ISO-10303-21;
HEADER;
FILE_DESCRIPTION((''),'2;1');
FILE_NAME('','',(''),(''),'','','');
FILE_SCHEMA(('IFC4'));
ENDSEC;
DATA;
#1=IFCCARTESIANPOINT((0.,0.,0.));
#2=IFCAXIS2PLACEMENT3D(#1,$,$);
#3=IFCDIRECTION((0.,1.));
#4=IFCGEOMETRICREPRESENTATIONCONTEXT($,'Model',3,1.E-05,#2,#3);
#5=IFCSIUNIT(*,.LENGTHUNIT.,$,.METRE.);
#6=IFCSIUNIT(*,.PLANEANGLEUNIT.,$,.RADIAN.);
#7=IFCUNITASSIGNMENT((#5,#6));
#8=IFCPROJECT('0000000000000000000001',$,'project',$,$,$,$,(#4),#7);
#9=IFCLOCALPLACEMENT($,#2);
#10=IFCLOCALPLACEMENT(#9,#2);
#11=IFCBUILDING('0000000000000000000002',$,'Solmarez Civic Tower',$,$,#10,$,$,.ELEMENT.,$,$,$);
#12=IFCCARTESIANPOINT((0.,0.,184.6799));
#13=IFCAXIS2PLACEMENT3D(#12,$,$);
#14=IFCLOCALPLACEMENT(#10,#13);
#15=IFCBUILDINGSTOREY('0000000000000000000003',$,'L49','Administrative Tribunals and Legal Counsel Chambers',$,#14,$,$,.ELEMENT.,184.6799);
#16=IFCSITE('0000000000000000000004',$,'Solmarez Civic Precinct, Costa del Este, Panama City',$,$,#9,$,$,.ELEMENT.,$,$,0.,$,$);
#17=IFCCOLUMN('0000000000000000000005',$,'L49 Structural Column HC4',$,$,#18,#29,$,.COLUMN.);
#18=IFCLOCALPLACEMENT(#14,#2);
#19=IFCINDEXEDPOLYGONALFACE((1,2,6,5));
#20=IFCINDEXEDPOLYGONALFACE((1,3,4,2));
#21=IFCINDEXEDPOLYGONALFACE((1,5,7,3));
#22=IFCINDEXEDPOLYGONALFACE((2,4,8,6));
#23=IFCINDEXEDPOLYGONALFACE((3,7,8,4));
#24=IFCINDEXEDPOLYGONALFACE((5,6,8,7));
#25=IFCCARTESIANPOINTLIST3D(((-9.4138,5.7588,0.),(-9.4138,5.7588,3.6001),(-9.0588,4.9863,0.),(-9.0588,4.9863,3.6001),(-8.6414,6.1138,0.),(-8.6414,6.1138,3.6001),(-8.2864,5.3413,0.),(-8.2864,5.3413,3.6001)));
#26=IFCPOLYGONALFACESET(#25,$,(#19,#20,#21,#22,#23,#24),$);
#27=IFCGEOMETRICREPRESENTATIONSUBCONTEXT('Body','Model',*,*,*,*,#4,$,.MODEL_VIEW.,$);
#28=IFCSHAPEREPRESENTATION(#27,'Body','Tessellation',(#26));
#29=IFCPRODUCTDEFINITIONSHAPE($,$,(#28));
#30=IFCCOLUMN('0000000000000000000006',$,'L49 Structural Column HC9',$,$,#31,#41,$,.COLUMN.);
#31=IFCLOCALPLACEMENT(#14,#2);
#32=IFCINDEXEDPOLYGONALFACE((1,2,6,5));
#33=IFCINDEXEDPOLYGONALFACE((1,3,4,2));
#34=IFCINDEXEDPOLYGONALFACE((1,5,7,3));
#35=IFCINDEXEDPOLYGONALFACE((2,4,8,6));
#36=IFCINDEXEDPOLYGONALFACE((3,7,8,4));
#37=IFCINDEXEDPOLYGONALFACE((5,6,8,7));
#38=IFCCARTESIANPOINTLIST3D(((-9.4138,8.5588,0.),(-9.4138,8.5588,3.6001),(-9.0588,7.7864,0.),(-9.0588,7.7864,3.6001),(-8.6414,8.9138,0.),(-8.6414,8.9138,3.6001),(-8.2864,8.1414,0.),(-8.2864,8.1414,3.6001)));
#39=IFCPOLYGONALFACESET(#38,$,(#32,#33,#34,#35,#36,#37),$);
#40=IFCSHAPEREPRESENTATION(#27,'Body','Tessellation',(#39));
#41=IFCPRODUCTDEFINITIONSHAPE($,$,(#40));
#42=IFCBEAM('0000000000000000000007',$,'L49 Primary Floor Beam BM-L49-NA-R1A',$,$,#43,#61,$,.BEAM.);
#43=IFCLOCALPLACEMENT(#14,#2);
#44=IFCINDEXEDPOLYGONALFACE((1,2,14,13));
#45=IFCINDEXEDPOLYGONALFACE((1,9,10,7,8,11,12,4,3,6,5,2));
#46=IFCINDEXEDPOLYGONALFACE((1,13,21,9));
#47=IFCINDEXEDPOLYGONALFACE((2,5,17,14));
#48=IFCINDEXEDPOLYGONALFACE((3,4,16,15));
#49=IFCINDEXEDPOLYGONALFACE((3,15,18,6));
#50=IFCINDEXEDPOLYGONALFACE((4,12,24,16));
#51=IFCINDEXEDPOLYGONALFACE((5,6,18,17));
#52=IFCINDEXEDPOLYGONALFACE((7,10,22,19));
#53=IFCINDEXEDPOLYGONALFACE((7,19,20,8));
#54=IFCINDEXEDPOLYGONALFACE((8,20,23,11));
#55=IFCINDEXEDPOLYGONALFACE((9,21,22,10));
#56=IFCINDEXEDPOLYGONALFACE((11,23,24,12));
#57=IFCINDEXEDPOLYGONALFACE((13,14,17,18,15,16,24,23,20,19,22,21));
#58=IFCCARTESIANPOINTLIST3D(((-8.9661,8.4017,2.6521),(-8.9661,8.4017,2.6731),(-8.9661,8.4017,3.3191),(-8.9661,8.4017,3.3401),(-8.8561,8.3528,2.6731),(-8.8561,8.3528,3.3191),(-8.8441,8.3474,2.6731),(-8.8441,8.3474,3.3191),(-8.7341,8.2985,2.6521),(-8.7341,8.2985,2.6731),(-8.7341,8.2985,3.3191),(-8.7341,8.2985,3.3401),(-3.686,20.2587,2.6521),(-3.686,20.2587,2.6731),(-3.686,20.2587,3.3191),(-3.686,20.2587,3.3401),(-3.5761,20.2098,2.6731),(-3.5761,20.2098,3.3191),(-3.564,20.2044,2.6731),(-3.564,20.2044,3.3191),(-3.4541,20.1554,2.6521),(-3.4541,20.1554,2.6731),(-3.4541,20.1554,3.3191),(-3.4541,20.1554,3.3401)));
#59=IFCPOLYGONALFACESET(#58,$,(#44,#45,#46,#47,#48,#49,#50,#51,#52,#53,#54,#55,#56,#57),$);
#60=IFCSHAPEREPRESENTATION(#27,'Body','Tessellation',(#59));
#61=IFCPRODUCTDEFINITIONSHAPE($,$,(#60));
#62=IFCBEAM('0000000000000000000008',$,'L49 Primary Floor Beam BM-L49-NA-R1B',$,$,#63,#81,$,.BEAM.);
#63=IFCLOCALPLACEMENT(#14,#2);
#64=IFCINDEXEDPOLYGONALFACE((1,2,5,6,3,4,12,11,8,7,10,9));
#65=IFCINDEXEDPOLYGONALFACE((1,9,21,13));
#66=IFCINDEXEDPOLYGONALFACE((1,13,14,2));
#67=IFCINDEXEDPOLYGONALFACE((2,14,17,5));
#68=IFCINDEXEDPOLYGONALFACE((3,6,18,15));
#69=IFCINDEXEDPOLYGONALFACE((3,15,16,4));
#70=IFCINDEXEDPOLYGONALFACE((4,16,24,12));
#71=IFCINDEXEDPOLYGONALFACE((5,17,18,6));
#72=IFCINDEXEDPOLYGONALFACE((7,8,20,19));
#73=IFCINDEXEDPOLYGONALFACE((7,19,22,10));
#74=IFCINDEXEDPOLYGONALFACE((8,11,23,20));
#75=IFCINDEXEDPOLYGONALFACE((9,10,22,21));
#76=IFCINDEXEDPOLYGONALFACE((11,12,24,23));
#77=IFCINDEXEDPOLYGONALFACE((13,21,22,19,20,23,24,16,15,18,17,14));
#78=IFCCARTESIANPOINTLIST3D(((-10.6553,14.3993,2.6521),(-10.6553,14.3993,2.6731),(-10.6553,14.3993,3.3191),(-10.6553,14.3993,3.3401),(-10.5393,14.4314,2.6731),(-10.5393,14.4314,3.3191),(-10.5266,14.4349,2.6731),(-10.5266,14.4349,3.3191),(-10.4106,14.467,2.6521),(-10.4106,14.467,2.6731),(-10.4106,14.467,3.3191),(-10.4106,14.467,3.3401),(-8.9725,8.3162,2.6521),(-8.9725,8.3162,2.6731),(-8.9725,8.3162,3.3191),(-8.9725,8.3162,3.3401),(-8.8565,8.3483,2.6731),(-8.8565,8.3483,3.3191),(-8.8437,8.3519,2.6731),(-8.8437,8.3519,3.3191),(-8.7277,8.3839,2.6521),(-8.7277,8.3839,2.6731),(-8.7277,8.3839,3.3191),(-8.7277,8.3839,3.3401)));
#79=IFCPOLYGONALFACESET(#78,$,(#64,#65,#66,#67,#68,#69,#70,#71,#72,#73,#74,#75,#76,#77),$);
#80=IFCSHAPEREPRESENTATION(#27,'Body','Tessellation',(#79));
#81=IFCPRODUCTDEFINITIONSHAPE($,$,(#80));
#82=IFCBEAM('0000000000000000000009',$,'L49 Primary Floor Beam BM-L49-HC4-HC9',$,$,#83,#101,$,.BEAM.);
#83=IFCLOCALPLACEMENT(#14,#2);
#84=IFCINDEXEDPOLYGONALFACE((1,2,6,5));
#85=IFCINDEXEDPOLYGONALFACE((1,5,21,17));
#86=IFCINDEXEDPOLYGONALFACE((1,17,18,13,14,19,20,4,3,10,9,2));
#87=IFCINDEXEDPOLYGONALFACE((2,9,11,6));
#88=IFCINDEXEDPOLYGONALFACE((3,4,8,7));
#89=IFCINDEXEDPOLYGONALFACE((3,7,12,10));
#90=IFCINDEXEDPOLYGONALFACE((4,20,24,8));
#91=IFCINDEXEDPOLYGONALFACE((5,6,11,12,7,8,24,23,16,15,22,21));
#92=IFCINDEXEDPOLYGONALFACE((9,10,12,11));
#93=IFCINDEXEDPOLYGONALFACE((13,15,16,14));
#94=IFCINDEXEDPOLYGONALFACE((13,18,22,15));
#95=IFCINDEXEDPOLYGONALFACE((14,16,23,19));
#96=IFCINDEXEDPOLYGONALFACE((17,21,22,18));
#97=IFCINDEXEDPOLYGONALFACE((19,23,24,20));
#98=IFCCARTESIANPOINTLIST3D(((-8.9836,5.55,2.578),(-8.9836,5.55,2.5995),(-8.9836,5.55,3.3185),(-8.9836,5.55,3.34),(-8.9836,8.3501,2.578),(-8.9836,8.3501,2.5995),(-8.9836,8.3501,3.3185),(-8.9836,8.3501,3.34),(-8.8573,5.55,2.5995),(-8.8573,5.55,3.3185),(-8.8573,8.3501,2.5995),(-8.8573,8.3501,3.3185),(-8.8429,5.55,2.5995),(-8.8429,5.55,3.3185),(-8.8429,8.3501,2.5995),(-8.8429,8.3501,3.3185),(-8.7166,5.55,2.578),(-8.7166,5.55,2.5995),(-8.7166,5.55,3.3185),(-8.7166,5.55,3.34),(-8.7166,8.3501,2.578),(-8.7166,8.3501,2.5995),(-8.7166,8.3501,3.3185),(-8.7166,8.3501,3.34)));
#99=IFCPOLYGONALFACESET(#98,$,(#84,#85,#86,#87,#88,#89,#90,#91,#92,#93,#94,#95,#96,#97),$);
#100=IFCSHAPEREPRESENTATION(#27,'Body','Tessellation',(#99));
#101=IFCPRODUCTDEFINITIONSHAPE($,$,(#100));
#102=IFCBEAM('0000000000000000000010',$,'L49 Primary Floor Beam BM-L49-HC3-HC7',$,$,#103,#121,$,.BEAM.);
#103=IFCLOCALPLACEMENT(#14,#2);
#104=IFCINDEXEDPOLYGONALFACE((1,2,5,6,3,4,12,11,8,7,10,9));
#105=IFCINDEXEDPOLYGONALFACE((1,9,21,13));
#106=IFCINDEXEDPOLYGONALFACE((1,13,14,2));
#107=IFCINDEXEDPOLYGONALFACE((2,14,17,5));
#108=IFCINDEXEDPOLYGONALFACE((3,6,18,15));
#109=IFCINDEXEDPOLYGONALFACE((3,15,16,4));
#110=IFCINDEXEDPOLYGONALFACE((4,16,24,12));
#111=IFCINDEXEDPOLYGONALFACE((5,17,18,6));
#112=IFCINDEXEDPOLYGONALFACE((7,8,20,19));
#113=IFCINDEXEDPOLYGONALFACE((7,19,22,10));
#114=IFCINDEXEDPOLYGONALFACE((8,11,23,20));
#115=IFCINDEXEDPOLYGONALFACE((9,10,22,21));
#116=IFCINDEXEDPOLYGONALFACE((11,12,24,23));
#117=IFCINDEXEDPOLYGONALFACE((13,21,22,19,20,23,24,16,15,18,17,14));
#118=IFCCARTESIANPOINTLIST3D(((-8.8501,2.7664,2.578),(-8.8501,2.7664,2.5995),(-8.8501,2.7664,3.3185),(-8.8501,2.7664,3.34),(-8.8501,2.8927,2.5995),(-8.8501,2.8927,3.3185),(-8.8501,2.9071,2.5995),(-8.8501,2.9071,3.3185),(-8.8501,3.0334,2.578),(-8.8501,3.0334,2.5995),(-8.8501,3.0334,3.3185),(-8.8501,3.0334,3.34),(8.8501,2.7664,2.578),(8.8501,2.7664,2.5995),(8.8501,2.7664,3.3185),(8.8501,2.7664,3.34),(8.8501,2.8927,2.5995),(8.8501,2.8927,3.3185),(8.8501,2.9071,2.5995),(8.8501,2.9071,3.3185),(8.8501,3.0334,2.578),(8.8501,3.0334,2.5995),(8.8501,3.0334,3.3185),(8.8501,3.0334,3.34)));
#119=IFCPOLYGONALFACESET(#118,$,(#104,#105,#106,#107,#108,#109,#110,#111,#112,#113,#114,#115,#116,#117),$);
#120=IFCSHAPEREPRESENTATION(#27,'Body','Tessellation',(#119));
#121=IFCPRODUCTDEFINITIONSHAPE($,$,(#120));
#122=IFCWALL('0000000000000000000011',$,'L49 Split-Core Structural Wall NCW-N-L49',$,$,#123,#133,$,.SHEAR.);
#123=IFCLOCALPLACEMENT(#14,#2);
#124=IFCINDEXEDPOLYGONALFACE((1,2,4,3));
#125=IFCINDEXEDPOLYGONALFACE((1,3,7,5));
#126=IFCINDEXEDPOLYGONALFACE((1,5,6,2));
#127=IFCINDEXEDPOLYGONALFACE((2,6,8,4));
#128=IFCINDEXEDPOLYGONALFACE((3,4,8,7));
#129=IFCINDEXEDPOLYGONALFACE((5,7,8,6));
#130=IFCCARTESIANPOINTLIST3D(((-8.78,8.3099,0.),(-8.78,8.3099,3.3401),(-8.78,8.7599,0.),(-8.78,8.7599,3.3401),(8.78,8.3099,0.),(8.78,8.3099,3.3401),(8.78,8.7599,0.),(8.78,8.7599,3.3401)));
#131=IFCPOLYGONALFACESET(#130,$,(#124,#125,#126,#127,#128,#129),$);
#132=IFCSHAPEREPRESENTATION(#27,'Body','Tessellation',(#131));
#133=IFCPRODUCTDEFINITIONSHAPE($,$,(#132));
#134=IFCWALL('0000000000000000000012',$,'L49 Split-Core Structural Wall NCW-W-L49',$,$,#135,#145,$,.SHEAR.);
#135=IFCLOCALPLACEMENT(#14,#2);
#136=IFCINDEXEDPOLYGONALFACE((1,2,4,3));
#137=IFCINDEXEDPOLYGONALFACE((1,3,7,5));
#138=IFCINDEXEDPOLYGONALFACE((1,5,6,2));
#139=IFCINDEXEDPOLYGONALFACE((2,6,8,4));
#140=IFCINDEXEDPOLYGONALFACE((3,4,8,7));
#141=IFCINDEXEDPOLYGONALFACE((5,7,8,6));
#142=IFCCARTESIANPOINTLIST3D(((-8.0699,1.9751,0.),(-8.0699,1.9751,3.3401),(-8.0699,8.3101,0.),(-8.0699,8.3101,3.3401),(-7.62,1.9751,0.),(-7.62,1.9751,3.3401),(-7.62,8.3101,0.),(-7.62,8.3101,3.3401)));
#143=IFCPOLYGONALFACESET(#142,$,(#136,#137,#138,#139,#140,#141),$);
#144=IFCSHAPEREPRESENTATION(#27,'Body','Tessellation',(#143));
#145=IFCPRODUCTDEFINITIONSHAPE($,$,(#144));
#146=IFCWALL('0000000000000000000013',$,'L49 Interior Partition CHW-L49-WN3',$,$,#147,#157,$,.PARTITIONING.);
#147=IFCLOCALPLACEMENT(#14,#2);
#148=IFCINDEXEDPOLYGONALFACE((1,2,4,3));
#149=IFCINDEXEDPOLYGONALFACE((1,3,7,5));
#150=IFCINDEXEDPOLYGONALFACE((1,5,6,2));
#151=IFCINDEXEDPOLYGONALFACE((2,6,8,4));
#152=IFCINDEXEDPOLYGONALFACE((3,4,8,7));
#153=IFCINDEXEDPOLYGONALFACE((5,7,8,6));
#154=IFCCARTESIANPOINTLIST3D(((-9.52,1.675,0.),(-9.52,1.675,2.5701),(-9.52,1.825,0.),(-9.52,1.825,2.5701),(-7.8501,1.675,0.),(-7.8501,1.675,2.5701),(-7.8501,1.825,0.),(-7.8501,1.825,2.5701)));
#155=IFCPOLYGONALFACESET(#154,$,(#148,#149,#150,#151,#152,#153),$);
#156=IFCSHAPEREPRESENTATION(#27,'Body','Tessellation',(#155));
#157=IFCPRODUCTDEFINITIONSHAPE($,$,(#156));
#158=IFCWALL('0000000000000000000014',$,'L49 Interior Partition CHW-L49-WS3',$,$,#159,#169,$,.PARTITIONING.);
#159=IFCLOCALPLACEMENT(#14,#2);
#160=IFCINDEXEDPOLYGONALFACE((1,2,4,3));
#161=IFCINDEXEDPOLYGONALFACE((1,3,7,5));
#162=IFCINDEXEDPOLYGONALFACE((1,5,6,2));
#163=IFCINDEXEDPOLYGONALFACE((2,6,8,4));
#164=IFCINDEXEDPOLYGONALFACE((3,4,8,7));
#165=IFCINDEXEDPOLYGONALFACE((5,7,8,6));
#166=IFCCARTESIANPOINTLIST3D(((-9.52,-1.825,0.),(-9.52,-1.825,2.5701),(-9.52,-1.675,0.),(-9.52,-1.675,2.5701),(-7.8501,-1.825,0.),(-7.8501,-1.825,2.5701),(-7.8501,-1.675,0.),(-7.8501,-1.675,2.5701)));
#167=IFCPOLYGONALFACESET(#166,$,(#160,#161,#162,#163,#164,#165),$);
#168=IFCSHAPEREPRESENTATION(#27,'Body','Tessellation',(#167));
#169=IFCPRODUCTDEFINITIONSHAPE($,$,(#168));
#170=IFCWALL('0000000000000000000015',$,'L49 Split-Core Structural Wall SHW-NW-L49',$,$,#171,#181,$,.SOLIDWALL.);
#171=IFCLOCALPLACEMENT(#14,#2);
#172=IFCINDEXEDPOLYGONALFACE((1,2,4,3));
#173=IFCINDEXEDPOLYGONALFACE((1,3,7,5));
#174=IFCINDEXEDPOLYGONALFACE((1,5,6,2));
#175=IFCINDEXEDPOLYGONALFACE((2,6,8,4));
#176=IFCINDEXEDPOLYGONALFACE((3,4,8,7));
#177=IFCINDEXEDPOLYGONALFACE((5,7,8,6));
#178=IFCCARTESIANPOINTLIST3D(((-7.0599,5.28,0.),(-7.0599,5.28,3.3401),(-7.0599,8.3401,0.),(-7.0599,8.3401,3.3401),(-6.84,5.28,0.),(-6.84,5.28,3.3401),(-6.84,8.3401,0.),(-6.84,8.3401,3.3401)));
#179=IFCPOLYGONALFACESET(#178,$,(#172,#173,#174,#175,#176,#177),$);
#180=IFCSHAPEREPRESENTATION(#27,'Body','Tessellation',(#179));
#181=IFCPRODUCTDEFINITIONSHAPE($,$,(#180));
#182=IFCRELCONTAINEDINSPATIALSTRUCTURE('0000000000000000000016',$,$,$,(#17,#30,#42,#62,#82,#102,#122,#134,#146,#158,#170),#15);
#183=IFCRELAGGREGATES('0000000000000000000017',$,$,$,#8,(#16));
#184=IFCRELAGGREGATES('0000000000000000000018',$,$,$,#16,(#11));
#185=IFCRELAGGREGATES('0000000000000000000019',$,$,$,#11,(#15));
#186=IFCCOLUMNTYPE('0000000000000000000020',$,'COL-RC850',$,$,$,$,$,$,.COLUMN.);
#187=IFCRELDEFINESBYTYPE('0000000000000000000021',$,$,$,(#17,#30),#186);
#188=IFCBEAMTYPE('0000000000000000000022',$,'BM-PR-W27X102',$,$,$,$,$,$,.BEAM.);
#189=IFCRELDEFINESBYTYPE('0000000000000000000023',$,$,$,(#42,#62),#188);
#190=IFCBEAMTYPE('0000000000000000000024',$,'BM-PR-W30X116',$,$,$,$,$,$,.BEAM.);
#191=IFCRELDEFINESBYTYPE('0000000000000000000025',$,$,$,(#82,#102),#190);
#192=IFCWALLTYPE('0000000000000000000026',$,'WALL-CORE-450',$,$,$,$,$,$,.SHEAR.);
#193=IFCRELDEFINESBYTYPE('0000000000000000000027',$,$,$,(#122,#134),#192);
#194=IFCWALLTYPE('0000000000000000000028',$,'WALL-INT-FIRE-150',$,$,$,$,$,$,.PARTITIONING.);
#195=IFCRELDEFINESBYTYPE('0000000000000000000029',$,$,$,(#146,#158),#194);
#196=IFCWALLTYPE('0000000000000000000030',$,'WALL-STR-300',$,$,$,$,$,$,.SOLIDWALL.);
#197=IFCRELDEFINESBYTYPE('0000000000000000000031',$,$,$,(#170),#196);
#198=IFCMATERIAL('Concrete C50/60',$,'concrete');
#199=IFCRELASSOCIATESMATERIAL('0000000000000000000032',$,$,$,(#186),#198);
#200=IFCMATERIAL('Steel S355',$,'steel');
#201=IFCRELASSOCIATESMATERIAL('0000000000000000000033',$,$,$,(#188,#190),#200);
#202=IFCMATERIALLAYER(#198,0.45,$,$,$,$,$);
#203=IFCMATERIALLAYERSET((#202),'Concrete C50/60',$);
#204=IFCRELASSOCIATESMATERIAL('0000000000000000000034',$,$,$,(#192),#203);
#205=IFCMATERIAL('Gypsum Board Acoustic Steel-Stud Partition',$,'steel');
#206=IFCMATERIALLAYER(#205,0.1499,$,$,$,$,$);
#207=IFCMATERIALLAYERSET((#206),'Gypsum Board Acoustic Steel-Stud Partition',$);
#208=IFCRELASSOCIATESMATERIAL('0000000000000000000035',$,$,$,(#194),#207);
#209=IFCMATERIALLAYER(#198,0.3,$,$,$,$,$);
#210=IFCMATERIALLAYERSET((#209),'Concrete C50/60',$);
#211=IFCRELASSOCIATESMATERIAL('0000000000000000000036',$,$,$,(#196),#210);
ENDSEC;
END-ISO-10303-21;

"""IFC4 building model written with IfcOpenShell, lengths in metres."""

from ifc_helpers import new_model, si_unit, direction, frame, frame_2d, origin, origin_2d, place, context, subcontext, project, spatial, rectangle, i_section, extrude, material, layer, layer_set, material_profile, profile_set, type_object, element, save


model = new_model("IFC4")

# Units and contexts
model_context = context("Model", 3, precision=1e-05, world=origin(), true_north=direction((0.0, 1.0)))
body_context = subcontext(model_context, "Body", "Model", "MODEL_VIEW")
ifc_project = project(units=[si_unit("LENGTHUNIT", "METRE"), si_unit("PLANEANGLEUNIT", "RADIAN")], contexts=[model_context])

# Site, building, storey
site_placement = place(None, origin())
site = spatial("IfcSite", under=ifc_project, at=site_placement, Name="Solmarez Civic Precinct, Costa del Este, Panama City", CompositionType="ELEMENT", RefElevation=0.0)
building_placement = place(site_placement, origin())
building = spatial("IfcBuilding", under=site, at=building_placement, Name="Solmarez Civic Tower", CompositionType="ELEMENT")
storey_placement = place(building_placement, frame((0.0, 0.0, 184.6799)))
storey = spatial("IfcBuildingStorey", under=building, at=storey_placement, Name="L49", Description="Administrative Tribunals and Legal Counsel Chambers", CompositionType="ELEMENT", Elevation=184.6799)

# Columns
ifc_material_1 = material(Name="Concrete C50/60", Category="concrete")
ifc_material_profile_1 = material_profile(ifc_material_1, rectangle(XDim=0.8501, YDim=0.8501, at=origin_2d()), Name="RC850X850")
ifc_profile_set_1 = profile_set([ifc_material_profile_1], Name="Concrete C50/60")
column_type = type_object("IfcColumnType", Name="COL-RC850", PredefinedType="COLUMN", material=ifc_profile_set_1)
for number, where, z_axis, x_axis, name in (
    (1, (-8.8501, 5.55, 0.0), (0.0, 0.0, 1.0), (0.908654, 0.41755, 0.0), "L49 Structural Column HC4"),
    (2, (-8.8501, 8.3501, 0.0), (0.0, 0.0, 1.0), (0.908654, 0.41755, 0.0), "L49 Structural Column HC9"),
):
    element("IfcColumn", number, at=place(storey_placement, frame(where, z_axis=z_axis, x_axis=x_axis)), inside=storey, type_object=column_type, Name=name, PredefinedType="COLUMN", context=body_context, shape_type="SweptSolid", body=[
        extrude(rectangle(XDim=0.8501, YDim=0.8501, at=origin_2d()), origin(), (0.0, 0.0, 1.0), 3.6001),
    ])

# Beams
ifc_material_2 = material(Name="Steel S355", Category="steel")
ifc_material_profile_2 = material_profile(ifc_material_2, i_section(OverallWidth=0.2539, OverallDepth=0.688, WebThickness=0.0132, FlangeThickness=0.021, at=origin_2d()), Name="W27X102")
ifc_profile_set_2 = profile_set([ifc_material_profile_2], Name="Steel S355")
beam_type_1 = type_object("IfcBeamType", Name="BM-PR-W27X102", PredefinedType="BEAM", material=ifc_profile_set_2)
beam_1_placement = place(storey_placement, frame((-8.8501, 8.3501, 2.9961), z_axis=(0.4068, 0.913517, 0.0), x_axis=(-0.913517, 0.4068, 0.0)))
element("IfcBeam", 3, at=beam_1_placement, inside=storey, type_object=beam_type_1, Name="L49 Primary Floor Beam BM-L49-NA-R1A", PredefinedType="BEAM", context=body_context, shape_type="SweptSolid", body=[
    extrude(i_section(OverallWidth=0.2539, OverallDepth=0.688, WebThickness=0.0132, FlangeThickness=0.021, at=origin_2d()), origin(), (0.0, 0.0, 1.0), 12.9795),
])
beam_2_placement = place(storey_placement, frame((-8.8501, 8.3501, 2.9961), z_axis=(-0.266634, 0.963798, 0.0), x_axis=(-0.963798, -0.266634, 0.0)))
element("IfcBeam", 4, at=beam_2_placement, inside=storey, type_object=beam_type_1, Name="L49 Primary Floor Beam BM-L49-NA-R1B", PredefinedType="BEAM", context=body_context, shape_type="SweptSolid", body=[
    extrude(i_section(OverallWidth=0.2539, OverallDepth=0.688, WebThickness=0.0132, FlangeThickness=0.021, at=origin_2d()), origin(), (0.0, 0.0, 1.0), 6.3115),
])
ifc_material_profile_3 = material_profile(ifc_material_2, i_section(OverallWidth=0.2671, OverallDepth=0.762, WebThickness=0.0144, FlangeThickness=0.0215, at=origin_2d()), Name="W30X116")
ifc_profile_set_3 = profile_set([ifc_material_profile_3], Name="Steel S355")
beam_type_2 = type_object("IfcBeamType", Name="BM-PR-W30X116", PredefinedType="BEAM", material=ifc_profile_set_3)
beam_3_placement = place(storey_placement, frame((-8.8501, 5.55, 2.959), z_axis=(0.0, 1.0, 0.0), x_axis=(-1.0, 0.0, 0.0)))
element("IfcBeam", 5, at=beam_3_placement, inside=storey, type_object=beam_type_2, Name="L49 Primary Floor Beam BM-L49-HC4-HC9", PredefinedType="BEAM", context=body_context, shape_type="SweptSolid", body=[
    extrude(i_section(OverallWidth=0.2671, OverallDepth=0.762, WebThickness=0.0144, FlangeThickness=0.0215, at=origin_2d()), origin(), (0.0, 0.0, 1.0), 2.8),
])
beam_4_placement = place(storey_placement, frame((-8.8501, 2.8999, 2.959), z_axis=(1.0, 0.0, 0.0), x_axis=(0.0, 1.0, 0.0)))
element("IfcBeam", 6, at=beam_4_placement, inside=storey, type_object=beam_type_2, Name="L49 Primary Floor Beam BM-L49-HC3-HC7", PredefinedType="BEAM", context=body_context, shape_type="SweptSolid", body=[
    extrude(i_section(OverallWidth=0.2671, OverallDepth=0.762, WebThickness=0.0144, FlangeThickness=0.0215, at=origin_2d()), origin(), (0.0, 0.0, 1.0), 17.7002),
])

# Walls
ifc_layer_1 = layer(ifc_material_1, 0.45)
ifc_layer_set_1 = layer_set([ifc_layer_1], Name="Concrete C50/60")
wall_type_1 = type_object("IfcWallType", Name="WALL-CORE-450", PredefinedType="SHEAR", material=ifc_layer_set_1)
wall_1_placement = place(storey_placement, frame((-8.78, 8.5349, 0.0), z_axis=(0.0, 0.0, 1.0), x_axis=(1.0, 0.0, 0.0)))
element("IfcWall", 7, at=wall_1_placement, inside=storey, type_object=wall_type_1, Name="L49 Split-Core Structural Wall NCW-N-L49", PredefinedType="SHEAR", context=body_context, shape_type="SweptSolid", body=[
    extrude(rectangle(XDim=17.5601, YDim=0.45, at=frame_2d((8.78, 0.0))), origin(), (0.0, 0.0, 1.0), 3.3401),
])
wall_2_placement = place(storey_placement, frame((-7.845, 1.9751, 0.0), z_axis=(0.0, 0.0, 1.0), x_axis=(0.0, 1.0, 0.0)))
element("IfcWall", 8, at=wall_2_placement, inside=storey, type_object=wall_type_1, Name="L49 Split-Core Structural Wall NCW-W-L49", PredefinedType="SHEAR", context=body_context, shape_type="SweptSolid", body=[
    extrude(rectangle(XDim=6.335, YDim=0.45, at=frame_2d((3.1675, 0.0))), origin(), (0.0, 0.0, 1.0), 3.3401),
])

# Walls
ifc_material_3 = material(Name="Gypsum Board Acoustic Steel-Stud Partition", Category="steel")
ifc_layer_2 = layer(ifc_material_3, 0.1499)
ifc_layer_set_2 = layer_set([ifc_layer_2], Name="Gypsum Board Acoustic Steel-Stud Partition")
wall_type_2 = type_object("IfcWallType", Name="WALL-INT-FIRE-150", PredefinedType="PARTITIONING", material=ifc_layer_set_2)
for number, where, z_axis, x_axis, name in (
    (9, (-7.8501, 1.75, 0.0), (0.0, 0.0, 1.0), (-1.0, 0.0, 0.0), "L49 Interior Partition CHW-L49-WN3"),
    (10, (-7.8501, -1.75, 0.0), (0.0, 0.0, 1.0), (-1.0, 0.0, 0.0), "L49 Interior Partition CHW-L49-WS3"),
):
    element("IfcWall", number, at=place(storey_placement, frame(where, z_axis=z_axis, x_axis=x_axis)), inside=storey, type_object=wall_type_2, Name=name, PredefinedType="PARTITIONING", context=body_context, shape_type="SweptSolid", body=[
        extrude(rectangle(XDim=1.6699, YDim=0.1499, at=frame_2d((0.835, 0.0))), origin(), (0.0, 0.0, 1.0), 2.5701),
    ])
ifc_layer_3 = layer(ifc_material_1, 0.3)
ifc_layer_set_3 = layer_set([ifc_layer_3], Name="Concrete C50/60")
wall_type_3 = type_object("IfcWallType", Name="WALL-STR-300", PredefinedType="SOLIDWALL", material=ifc_layer_set_3)
wall_3_placement = place(storey_placement, frame((-6.95, 5.28, 0.0), z_axis=(0.0, 0.0, 1.0), x_axis=(0.0, 1.0, 0.0)))
element("IfcWall", 11, at=wall_3_placement, inside=storey, type_object=wall_type_3, Name="L49 Split-Core Structural Wall SHW-NW-L49", PredefinedType="SOLIDWALL", context=body_context, shape_type="SweptSolid", body=[
    extrude(rectangle(XDim=3.0601, YDim=0.22, at=frame_2d((1.53, 0.0))), origin(), (0.0, 0.0, 1.0), 3.3401),
])

save(model, "model.ifc")
